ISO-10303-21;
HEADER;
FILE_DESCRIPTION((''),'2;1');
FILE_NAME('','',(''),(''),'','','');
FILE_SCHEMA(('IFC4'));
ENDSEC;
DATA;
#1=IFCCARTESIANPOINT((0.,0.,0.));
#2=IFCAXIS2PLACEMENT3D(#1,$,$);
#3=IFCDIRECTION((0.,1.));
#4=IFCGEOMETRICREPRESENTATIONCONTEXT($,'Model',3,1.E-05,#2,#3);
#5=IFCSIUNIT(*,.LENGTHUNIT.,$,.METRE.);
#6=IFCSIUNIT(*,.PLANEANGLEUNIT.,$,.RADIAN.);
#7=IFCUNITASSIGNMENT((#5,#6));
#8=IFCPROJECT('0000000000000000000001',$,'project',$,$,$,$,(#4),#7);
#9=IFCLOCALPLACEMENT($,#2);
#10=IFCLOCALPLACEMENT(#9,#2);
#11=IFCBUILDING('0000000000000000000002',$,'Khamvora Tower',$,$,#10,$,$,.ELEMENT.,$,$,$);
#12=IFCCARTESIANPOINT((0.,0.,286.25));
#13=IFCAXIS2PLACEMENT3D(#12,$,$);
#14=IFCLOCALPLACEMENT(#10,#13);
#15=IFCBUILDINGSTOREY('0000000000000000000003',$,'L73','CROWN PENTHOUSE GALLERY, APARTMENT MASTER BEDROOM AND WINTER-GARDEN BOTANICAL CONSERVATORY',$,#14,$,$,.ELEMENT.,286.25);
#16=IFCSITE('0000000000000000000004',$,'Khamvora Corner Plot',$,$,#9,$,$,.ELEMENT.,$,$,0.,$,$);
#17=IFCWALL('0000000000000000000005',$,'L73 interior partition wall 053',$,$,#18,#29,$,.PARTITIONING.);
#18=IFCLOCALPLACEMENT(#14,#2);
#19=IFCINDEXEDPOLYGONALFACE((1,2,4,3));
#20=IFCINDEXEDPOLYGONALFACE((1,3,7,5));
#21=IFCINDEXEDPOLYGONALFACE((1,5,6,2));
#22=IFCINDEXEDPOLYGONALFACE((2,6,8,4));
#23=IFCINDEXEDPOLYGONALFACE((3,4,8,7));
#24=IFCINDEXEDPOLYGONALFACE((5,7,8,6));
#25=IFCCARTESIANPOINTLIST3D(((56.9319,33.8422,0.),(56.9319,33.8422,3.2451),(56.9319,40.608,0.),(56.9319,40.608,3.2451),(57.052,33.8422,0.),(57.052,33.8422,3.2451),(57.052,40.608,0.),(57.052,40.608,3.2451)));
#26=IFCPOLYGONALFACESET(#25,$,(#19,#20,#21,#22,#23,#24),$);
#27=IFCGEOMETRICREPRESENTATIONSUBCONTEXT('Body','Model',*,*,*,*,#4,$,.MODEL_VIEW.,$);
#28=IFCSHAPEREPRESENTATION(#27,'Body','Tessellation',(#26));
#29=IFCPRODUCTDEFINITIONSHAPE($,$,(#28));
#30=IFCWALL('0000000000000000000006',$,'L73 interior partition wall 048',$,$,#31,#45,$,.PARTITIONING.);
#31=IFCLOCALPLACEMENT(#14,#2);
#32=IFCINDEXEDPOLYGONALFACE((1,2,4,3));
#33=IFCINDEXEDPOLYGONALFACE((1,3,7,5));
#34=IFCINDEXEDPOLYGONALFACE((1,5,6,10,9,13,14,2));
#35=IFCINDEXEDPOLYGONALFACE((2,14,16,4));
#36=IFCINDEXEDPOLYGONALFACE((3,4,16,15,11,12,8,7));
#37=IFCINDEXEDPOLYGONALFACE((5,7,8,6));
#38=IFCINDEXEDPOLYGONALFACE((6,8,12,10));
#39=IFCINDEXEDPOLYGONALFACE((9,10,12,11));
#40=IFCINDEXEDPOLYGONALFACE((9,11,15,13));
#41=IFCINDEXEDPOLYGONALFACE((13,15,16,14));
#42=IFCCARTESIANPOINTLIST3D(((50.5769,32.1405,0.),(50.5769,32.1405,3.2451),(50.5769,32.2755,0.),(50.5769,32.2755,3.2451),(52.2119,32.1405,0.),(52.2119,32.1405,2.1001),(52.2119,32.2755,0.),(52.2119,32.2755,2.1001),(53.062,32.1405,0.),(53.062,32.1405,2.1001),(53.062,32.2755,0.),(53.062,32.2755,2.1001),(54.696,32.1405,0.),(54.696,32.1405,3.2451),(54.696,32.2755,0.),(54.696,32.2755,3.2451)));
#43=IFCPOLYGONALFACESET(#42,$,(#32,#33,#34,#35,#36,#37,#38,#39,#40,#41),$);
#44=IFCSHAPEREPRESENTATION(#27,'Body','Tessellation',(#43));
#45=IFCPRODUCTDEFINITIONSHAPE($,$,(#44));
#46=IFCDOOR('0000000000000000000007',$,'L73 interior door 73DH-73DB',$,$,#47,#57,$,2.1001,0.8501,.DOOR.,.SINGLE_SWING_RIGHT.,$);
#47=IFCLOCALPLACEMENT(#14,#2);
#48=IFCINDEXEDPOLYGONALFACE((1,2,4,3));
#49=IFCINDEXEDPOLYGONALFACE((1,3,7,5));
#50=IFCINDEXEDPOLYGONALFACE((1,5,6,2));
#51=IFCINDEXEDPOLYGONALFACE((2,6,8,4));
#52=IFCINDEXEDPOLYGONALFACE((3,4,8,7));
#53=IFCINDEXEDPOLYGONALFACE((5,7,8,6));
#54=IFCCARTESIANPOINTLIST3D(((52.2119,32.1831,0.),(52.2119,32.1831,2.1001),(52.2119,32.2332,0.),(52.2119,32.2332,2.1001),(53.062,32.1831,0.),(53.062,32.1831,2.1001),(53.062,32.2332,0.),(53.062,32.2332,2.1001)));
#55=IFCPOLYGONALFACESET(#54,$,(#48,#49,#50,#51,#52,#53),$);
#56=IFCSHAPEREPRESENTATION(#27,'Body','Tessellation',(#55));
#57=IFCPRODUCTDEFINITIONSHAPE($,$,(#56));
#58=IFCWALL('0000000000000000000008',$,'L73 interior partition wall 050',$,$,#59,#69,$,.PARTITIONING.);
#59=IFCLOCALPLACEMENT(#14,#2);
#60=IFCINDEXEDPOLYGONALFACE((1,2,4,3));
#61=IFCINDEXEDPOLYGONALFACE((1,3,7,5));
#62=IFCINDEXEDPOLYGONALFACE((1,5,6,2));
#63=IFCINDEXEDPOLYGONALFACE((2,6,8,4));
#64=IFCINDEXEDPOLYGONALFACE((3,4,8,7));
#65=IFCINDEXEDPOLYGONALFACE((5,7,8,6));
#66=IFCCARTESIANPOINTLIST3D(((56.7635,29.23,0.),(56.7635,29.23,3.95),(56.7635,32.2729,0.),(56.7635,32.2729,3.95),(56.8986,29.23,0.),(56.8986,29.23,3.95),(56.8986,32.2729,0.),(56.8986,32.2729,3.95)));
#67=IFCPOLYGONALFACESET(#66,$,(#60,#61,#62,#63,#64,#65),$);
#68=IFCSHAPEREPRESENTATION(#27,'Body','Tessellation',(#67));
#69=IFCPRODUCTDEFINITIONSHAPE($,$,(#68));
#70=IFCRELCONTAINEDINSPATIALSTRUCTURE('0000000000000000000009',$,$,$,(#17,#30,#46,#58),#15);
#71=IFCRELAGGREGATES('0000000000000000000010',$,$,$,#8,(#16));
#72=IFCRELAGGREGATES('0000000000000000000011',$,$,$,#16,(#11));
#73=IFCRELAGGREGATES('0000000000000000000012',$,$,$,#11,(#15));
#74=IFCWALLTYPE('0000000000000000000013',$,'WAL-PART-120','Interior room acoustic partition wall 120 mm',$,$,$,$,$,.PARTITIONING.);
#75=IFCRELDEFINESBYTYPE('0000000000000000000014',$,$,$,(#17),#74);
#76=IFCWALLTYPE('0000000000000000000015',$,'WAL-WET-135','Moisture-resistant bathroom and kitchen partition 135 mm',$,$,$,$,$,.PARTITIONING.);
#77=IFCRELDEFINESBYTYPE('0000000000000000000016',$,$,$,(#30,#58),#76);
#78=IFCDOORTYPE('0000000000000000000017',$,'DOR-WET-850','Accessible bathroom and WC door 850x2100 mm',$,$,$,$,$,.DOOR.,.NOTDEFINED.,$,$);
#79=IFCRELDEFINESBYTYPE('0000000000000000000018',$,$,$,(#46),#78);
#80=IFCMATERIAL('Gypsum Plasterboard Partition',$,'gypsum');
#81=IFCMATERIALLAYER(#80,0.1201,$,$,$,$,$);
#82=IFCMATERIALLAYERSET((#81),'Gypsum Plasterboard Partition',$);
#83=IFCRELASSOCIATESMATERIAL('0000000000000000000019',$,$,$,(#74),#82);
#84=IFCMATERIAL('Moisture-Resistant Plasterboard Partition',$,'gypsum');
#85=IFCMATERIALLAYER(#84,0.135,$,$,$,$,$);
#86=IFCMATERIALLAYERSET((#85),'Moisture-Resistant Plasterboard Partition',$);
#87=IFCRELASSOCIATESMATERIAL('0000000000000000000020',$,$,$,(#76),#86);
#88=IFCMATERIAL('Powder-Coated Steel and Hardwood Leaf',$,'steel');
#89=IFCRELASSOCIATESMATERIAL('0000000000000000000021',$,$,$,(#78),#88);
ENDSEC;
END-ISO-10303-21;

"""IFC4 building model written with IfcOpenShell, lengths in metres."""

from ifc_helpers import new_model, si_unit, direction, frame, frame_2d, origin, place, context, subcontext, project, spatial, rectangle, extrude, material, layer, layer_set, type_object, element, fill, save


model = new_model("IFC4")

# Units and contexts
model_context = context("Model", 3, precision=1e-05, world=origin(), true_north=direction((0.0, 1.0)))
body_context = subcontext(model_context, "Body", "Model", "MODEL_VIEW")
ifc_project = project(units=[si_unit("LENGTHUNIT", "METRE"), si_unit("PLANEANGLEUNIT", "RADIAN")], contexts=[model_context])

# Site, building, storey
site_placement = place(None, origin())
site = spatial("IfcSite", under=ifc_project, at=site_placement, Name="Khamvora Corner Plot", CompositionType="ELEMENT", RefElevation=0.0)
building_placement = place(site_placement, origin())
building = spatial("IfcBuilding", under=site, at=building_placement, Name="Khamvora Tower", CompositionType="ELEMENT")
storey_placement = place(building_placement, frame((0.0, 0.0, 286.25)))
storey = spatial("IfcBuildingStorey", under=building, at=storey_placement, Name="L73", Description="CROWN PENTHOUSE GALLERY, APARTMENT MASTER BEDROOM AND WINTER-GARDEN BOTANICAL CONSERVATORY", CompositionType="ELEMENT", Elevation=286.25)

# Shared definitions
ifc_material_1 = material(Name="Gypsum Plasterboard Partition", Category="gypsum")
ifc_layer_1 = layer(ifc_material_1, 0.1201)
ifc_layer_set_1 = layer_set([ifc_layer_1], Name="Gypsum Plasterboard Partition")
wall_type_1 = type_object("IfcWallType", Name="WAL-PART-120", Description="Interior room acoustic partition wall 120 mm", PredefinedType="PARTITIONING", material=ifc_layer_set_1)
ifc_material_2 = material(Name="Powder-Coated Steel and Hardwood Leaf", Category="steel")

# Wall
wall_1_placement = place(storey_placement, frame((56.9919, 40.6079, 0.0), z_axis=(0.0, 0.0, 1.0), x_axis=(0.0, -1.0, 0.0)))
element("IfcWall", 1, at=wall_1_placement, inside=storey, type_object=wall_type_1, Name="L73 interior partition wall 053", PredefinedType="PARTITIONING", context=body_context, shape_type="SweptSolid", body=[
    extrude(rectangle(XDim=6.7659, YDim=0.1201, at=frame_2d((3.3828, 0.0))), origin(), (0.0, 0.0, 1.0), 3.2451),
])

# Wall, opening, door
ifc_material_3 = material(Name="Moisture-Resistant Plasterboard Partition", Category="gypsum")
ifc_layer_2 = layer(ifc_material_3, 0.135)
ifc_layer_set_2 = layer_set([ifc_layer_2], Name="Moisture-Resistant Plasterboard Partition")
wall_type_2 = type_object("IfcWallType", Name="WAL-WET-135", Description="Moisture-resistant bathroom and kitchen partition 135 mm", PredefinedType="PARTITIONING", material=ifc_layer_set_2)
wall_2_placement = place(storey_placement, frame((54.696, 32.208, 0.0), z_axis=(0.0, 0.0, 1.0), x_axis=(-1.0, 0.0, 0.0)))
wall_2 = element("IfcWall", 2, at=wall_2_placement, inside=storey, type_object=wall_type_2, Name="L73 interior partition wall 048", PredefinedType="PARTITIONING", context=body_context, shape_type="SweptSolid", body=[
    extrude(rectangle(XDim=4.1191, YDim=0.135, at=frame_2d((2.0596, 0.0))), origin(), (0.0, 0.0, 1.0), 3.2451),
])
opening_1_placement = place(wall_2_placement, frame((1.634, 0.0, 0.0)))
opening_1 = element("IfcOpeningElement", 3, at=opening_1_placement, cuts=wall_2, PredefinedType="OPENING", context=body_context, shape_type="SweptSolid", body=[
    extrude(rectangle(XDim=0.8501, YDim=2.1001, at=frame_2d((0.425, 1.05))), frame((0.0, 0.0774, 0.0), z_axis=(0.0, -1.0, 0.0), x_axis=(1.0, 0.0, 0.0)), (0.0, 0.0, 1.0), 0.155),
])
door_type_1 = type_object("IfcDoorType", Name="DOR-WET-850", Description="Accessible bathroom and WC door 850x2100 mm", OperationType="NOTDEFINED", PredefinedType="DOOR", material=ifc_material_2)
door_1_placement = place(opening_1_placement, origin())
door_1 = element("IfcDoor", 4, at=door_1_placement, inside=storey, type_object=door_type_1, Name="L73 interior door 73DH-73DB", OperationType="SINGLE_SWING_RIGHT", OverallHeight=2.1001, OverallWidth=0.8501, PredefinedType="DOOR", context=body_context, shape_type="SweptSolid", body=[
    extrude(rectangle(XDim=0.8501, YDim=2.1001, at=frame_2d((0.425, 1.05))), frame((0.0, 0.0249, 0.0), z_axis=(0.0, -1.0, 0.0), x_axis=(1.0, 0.0, 0.0)), (0.0, 0.0, 1.0), 0.05),
])
fill(opening_1, door_1)

# Wall
wall_3_placement = place(storey_placement, frame((56.8311, 32.2729, 0.0), z_axis=(0.0, 0.0, 1.0), x_axis=(0.0, -1.0, 0.0)))
element("IfcWall", 5, at=wall_3_placement, inside=storey, type_object=wall_type_2, Name="L73 interior partition wall 050", PredefinedType="PARTITIONING", context=body_context, shape_type="SweptSolid", body=[
    extrude(rectangle(XDim=3.043, YDim=0.135, at=frame_2d((1.5215, 0.0))), origin(), (0.0, 0.0, 1.0), 3.95),
])

save(model, "model.ifc")
